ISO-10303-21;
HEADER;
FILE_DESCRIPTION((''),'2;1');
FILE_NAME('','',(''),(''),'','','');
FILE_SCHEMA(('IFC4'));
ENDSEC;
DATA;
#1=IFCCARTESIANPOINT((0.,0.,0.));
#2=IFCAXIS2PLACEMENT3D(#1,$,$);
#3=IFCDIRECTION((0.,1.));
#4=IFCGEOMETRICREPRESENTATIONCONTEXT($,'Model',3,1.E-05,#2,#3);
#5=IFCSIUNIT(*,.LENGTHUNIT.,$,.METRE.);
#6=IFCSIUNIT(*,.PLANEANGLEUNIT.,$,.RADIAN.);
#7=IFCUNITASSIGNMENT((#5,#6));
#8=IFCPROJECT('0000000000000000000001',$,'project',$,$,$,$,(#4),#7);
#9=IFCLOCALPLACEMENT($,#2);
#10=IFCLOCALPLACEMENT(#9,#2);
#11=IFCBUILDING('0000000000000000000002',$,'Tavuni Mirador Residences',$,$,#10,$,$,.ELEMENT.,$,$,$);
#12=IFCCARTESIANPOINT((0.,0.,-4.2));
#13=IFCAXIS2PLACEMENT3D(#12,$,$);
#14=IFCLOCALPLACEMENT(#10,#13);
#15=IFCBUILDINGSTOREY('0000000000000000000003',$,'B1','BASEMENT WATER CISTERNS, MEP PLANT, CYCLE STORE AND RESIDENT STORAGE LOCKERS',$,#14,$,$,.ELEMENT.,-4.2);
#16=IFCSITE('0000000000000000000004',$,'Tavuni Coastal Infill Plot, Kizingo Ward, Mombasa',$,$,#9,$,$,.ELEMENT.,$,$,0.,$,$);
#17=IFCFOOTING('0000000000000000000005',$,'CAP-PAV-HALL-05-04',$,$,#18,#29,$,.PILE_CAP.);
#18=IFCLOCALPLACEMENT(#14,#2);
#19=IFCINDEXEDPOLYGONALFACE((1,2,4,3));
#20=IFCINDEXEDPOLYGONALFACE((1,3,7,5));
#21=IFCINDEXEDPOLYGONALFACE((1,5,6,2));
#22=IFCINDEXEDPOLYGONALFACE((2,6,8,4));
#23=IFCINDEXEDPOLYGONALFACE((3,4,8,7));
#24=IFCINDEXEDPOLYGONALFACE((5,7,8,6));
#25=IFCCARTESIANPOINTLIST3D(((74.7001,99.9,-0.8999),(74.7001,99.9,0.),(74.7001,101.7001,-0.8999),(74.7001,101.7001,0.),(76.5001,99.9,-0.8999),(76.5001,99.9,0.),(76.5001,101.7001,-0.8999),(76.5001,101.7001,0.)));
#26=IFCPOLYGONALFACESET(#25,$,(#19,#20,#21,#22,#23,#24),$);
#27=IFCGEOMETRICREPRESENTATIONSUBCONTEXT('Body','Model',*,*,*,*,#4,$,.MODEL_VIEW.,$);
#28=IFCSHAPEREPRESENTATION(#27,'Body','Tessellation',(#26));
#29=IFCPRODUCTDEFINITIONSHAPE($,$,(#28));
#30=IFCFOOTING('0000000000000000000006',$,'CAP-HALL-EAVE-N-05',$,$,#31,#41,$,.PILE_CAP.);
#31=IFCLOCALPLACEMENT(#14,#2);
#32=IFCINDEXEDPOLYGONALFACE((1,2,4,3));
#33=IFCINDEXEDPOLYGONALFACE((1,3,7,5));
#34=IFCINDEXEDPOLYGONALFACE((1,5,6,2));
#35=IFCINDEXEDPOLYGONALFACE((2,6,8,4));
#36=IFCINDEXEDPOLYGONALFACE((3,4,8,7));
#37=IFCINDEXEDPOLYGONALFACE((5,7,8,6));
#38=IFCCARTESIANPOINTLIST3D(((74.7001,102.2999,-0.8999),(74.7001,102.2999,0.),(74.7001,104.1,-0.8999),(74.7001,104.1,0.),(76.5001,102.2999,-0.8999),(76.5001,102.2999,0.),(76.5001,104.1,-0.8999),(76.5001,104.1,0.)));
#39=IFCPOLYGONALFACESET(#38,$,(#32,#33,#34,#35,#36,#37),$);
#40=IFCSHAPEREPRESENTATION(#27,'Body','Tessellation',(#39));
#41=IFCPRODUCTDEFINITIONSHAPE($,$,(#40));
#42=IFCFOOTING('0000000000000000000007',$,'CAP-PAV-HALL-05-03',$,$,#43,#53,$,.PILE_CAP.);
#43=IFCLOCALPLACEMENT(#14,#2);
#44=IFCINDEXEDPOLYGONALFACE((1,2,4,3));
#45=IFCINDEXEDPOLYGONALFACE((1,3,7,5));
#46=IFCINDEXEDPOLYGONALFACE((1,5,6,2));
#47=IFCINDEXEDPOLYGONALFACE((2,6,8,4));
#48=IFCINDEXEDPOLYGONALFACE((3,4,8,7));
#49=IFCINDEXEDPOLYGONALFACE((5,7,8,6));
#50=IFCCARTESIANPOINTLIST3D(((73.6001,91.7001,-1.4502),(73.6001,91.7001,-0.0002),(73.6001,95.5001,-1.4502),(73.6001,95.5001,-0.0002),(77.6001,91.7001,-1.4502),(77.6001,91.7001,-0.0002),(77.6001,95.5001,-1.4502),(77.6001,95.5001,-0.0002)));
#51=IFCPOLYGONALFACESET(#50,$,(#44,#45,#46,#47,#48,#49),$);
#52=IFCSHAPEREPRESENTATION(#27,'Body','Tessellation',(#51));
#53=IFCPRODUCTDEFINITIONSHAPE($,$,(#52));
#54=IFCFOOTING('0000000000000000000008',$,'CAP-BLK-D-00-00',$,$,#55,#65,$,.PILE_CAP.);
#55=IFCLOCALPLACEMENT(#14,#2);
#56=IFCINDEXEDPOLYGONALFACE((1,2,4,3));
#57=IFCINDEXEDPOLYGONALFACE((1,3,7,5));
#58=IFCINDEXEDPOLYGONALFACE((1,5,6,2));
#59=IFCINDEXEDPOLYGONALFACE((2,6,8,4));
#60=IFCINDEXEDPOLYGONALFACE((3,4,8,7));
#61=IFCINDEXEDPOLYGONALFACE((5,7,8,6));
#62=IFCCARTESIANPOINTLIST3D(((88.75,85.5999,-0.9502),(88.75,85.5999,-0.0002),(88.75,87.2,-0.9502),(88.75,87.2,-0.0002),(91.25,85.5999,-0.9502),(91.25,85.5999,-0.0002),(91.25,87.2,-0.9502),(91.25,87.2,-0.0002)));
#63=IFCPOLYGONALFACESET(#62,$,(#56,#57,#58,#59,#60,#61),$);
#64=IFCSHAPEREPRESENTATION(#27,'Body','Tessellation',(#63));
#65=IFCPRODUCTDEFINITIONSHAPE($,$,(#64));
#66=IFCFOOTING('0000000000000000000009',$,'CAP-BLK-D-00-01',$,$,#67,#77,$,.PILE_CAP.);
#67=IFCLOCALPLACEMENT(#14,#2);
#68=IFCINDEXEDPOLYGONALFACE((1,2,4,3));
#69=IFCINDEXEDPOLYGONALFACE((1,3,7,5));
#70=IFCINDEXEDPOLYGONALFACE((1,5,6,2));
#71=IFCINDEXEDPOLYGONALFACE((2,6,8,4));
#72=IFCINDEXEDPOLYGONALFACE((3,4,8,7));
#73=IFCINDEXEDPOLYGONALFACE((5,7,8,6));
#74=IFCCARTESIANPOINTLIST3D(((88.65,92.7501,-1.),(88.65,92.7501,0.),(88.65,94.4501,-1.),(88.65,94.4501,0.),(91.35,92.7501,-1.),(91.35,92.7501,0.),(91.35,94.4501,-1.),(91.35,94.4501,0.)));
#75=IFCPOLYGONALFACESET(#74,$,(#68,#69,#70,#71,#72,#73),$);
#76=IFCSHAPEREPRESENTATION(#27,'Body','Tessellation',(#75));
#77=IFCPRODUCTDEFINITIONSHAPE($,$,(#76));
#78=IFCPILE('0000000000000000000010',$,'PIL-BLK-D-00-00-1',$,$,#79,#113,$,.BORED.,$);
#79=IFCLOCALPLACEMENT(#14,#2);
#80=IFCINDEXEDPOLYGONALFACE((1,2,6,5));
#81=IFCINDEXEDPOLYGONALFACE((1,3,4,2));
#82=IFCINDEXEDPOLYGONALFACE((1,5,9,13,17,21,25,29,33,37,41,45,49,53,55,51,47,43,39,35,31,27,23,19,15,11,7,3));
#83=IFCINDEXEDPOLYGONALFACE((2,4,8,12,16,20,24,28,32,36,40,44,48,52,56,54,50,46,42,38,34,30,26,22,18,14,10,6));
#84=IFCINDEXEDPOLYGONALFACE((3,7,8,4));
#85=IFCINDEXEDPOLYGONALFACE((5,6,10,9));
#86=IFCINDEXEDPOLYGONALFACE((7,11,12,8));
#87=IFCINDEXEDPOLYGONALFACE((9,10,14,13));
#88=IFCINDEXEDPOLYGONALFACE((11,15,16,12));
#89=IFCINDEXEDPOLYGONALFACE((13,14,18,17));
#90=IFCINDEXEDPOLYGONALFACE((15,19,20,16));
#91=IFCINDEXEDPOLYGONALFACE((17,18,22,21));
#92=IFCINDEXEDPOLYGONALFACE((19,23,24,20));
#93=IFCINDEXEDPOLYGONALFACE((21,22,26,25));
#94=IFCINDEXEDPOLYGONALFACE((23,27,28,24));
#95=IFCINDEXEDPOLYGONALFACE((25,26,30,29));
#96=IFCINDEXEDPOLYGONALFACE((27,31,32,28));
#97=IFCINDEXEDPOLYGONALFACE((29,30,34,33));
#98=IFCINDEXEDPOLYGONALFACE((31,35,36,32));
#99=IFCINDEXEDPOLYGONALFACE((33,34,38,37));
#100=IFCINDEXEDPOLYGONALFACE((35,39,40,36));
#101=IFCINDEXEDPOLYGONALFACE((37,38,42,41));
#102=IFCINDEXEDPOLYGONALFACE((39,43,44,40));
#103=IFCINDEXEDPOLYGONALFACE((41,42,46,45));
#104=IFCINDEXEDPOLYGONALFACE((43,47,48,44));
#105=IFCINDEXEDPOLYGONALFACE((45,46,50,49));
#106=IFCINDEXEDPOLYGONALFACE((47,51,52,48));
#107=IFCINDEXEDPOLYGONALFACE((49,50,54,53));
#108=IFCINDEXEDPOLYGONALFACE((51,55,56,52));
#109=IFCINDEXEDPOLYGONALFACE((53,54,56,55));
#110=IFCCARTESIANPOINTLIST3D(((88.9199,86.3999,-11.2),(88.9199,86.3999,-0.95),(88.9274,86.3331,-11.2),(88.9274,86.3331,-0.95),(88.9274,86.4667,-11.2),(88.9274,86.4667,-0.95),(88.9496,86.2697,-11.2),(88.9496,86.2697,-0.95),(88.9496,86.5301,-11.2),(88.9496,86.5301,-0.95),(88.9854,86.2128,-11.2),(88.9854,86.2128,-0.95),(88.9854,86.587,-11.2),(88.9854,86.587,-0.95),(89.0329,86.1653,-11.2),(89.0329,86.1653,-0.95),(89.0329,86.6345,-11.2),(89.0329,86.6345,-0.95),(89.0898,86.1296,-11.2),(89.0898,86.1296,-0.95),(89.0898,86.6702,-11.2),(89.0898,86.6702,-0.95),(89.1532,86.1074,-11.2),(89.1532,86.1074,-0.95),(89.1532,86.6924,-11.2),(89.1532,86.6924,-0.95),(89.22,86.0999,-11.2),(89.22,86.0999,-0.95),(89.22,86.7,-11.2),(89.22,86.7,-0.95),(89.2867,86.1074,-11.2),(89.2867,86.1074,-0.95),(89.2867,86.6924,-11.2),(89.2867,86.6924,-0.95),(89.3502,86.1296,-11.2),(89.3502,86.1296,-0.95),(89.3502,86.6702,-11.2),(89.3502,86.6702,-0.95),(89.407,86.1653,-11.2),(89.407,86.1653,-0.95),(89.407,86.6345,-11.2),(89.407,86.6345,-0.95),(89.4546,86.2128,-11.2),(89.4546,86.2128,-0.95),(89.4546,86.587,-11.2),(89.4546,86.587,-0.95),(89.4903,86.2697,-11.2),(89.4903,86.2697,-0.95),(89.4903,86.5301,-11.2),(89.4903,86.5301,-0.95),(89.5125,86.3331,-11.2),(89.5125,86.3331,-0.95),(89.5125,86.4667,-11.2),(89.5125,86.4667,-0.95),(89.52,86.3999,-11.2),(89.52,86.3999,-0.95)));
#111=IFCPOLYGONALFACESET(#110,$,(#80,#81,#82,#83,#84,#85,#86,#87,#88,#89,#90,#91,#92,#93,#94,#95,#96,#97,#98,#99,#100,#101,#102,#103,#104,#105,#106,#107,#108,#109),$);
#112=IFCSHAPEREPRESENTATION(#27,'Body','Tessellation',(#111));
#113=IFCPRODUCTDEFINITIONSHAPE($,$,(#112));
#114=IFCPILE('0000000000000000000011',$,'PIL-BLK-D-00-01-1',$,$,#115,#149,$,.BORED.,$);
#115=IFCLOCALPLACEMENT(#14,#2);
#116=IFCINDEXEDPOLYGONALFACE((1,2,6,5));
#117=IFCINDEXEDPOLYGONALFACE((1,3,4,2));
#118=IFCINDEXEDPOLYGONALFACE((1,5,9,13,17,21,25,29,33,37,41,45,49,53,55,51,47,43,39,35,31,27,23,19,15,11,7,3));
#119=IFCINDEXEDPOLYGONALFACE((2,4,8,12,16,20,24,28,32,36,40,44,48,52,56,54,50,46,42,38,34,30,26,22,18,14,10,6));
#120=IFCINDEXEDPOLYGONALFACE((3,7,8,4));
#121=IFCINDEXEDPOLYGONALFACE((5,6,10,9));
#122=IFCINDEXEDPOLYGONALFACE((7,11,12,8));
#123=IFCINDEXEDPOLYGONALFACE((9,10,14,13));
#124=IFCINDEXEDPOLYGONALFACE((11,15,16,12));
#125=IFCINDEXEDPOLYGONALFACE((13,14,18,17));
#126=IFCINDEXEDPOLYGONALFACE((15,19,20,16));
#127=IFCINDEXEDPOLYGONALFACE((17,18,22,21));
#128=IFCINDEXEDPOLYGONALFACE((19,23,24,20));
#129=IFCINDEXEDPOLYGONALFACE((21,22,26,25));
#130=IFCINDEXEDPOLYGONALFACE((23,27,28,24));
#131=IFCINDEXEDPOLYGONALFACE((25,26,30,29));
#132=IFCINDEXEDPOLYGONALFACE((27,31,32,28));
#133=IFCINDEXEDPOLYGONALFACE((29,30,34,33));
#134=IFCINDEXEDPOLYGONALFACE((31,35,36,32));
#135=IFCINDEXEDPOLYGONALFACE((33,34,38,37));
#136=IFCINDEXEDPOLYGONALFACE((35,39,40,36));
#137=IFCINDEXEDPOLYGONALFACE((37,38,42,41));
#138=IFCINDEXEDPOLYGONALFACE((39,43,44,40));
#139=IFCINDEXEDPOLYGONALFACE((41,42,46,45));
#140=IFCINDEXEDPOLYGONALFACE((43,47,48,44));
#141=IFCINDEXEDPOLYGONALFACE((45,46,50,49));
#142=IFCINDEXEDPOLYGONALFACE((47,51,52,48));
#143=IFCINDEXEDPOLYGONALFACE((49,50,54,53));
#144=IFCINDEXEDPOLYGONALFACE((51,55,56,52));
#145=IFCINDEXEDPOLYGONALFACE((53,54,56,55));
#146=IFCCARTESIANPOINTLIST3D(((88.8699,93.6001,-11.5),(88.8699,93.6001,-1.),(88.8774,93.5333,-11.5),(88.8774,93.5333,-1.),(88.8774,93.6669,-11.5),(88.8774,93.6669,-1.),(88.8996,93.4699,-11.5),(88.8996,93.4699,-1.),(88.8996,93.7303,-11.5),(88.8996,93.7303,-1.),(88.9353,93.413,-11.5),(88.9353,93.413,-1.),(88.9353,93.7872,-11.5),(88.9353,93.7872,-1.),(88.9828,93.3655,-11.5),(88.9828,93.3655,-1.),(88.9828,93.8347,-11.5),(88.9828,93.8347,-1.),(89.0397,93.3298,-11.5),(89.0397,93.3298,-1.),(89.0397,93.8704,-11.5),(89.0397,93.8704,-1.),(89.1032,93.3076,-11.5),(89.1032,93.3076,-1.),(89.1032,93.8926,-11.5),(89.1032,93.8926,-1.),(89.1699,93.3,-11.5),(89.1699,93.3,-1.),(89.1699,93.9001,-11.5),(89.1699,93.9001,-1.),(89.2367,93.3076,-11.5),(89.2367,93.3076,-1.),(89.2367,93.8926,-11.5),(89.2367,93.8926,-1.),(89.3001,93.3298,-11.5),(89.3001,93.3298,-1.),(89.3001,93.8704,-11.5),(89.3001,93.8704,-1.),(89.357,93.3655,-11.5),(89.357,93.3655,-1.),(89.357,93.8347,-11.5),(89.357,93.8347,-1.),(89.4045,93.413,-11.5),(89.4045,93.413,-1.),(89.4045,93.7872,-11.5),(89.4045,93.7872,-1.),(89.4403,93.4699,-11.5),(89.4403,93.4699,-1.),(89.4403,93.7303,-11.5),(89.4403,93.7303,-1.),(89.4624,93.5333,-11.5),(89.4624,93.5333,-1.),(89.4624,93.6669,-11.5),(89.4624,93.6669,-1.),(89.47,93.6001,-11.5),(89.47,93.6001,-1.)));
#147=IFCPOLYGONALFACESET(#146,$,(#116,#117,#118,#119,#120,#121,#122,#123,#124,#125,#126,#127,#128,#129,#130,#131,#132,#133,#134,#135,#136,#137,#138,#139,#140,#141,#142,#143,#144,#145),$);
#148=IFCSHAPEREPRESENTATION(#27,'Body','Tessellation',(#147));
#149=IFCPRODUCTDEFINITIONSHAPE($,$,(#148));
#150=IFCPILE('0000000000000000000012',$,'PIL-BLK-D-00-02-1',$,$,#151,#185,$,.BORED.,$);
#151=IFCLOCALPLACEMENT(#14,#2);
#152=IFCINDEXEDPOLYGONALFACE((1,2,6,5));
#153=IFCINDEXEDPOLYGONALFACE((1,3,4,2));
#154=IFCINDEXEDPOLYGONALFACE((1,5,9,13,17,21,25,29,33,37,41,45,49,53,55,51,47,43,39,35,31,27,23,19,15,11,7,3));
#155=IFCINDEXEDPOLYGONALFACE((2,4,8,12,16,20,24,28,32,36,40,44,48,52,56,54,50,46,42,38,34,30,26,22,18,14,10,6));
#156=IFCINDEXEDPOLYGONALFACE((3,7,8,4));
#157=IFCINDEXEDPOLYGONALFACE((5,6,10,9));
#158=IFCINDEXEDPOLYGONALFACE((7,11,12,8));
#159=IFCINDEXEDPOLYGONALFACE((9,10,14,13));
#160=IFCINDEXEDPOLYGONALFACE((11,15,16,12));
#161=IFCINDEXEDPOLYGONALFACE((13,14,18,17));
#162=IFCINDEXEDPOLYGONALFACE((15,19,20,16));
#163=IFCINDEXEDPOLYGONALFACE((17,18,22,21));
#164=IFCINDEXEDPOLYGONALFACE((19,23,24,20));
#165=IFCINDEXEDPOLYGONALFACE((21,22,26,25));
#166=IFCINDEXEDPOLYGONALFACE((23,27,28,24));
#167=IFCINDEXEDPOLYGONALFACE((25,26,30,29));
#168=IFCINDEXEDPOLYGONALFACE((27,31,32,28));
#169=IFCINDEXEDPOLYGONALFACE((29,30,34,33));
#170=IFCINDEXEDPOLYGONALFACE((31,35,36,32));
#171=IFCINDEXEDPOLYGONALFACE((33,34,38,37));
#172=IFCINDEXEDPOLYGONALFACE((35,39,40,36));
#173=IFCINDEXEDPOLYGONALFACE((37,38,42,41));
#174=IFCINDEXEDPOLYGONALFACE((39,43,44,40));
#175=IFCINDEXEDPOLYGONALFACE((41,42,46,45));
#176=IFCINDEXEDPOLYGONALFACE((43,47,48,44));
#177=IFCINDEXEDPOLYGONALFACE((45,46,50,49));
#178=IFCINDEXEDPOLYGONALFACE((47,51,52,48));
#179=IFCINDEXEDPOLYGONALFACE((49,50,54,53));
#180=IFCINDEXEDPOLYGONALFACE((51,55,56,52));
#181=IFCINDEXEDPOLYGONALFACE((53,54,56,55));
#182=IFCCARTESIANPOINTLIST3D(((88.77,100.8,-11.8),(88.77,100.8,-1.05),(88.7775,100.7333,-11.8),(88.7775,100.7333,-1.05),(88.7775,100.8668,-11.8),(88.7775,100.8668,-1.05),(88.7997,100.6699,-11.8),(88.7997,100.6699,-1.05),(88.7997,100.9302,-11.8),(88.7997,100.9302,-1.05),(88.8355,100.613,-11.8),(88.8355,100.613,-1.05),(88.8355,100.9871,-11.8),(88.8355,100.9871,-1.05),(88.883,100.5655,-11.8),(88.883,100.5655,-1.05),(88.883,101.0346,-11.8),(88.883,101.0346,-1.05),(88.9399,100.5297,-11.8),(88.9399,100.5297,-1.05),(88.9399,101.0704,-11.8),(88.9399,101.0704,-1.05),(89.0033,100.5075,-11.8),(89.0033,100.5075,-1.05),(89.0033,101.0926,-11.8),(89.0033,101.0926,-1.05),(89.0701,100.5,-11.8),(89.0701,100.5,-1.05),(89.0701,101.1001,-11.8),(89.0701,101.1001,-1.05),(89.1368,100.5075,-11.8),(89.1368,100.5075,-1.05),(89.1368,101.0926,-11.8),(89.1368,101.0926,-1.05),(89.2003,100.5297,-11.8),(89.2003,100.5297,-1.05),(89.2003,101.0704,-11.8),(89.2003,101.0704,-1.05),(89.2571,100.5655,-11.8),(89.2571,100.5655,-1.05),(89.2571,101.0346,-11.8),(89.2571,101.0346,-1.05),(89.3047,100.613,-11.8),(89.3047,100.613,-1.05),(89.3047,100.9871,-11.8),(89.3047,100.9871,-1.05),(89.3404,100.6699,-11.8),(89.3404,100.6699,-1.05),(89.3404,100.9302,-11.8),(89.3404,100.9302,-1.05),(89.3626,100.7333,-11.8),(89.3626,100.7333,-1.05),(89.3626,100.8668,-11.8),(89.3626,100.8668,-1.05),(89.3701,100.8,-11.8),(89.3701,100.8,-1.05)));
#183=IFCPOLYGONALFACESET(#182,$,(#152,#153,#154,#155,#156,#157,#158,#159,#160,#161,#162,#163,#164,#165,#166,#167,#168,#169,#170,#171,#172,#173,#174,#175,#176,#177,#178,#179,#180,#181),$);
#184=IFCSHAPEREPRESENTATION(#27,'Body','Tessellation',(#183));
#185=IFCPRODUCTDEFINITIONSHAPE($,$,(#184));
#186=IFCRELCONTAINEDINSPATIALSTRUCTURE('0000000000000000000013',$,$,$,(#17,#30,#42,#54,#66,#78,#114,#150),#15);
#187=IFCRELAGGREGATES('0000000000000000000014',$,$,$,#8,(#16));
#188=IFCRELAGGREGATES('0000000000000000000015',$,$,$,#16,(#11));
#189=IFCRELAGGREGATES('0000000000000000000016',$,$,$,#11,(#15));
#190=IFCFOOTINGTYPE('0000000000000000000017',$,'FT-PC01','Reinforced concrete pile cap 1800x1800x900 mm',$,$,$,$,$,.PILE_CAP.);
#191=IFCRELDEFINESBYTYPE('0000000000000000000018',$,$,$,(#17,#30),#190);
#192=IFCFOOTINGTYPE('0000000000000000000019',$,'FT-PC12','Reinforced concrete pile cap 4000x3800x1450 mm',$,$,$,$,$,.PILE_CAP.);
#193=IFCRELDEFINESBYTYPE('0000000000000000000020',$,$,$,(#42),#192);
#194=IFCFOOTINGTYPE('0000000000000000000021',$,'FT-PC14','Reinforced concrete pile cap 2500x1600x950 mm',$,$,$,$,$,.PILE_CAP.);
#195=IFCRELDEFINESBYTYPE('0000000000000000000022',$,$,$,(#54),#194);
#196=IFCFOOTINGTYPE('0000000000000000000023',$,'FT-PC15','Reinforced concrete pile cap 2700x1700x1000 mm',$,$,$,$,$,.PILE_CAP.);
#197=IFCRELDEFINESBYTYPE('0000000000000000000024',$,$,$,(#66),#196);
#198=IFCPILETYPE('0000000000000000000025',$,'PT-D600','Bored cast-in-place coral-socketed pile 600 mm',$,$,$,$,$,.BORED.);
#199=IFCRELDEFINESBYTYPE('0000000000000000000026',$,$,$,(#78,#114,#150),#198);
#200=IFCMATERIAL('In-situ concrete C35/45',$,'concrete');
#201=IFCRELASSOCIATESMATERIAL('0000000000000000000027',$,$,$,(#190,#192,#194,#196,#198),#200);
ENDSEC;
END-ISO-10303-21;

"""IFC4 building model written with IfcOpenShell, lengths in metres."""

from ifc_helpers import new_model, si_unit, direction, frame, origin, origin_2d, place, context, subcontext, project, spatial, rectangle, circle, extrude, material, material_profile, profile_set, type_object, element, save


model = new_model("IFC4")

# Units and contexts
model_context = context("Model", 3, precision=1e-05, world=origin(), true_north=direction((0.0, 1.0)))
body_context = subcontext(model_context, "Body", "Model", "MODEL_VIEW")
ifc_project = project(units=[si_unit("LENGTHUNIT", "METRE"), si_unit("PLANEANGLEUNIT", "RADIAN")], contexts=[model_context])

# Site, building, storey
site_placement = place(None, origin())
site = spatial("IfcSite", under=ifc_project, at=site_placement, Name="Tavuni Coastal Infill Plot, Kizingo Ward, Mombasa", CompositionType="ELEMENT", RefElevation=0.0)
building_placement = place(site_placement, origin())
building = spatial("IfcBuilding", under=site, at=building_placement, Name="Tavuni Mirador Residences", CompositionType="ELEMENT")
storey_placement = place(building_placement, frame((0.0, 0.0, -4.2)))
storey = spatial("IfcBuildingStorey", under=building, at=storey_placement, Name="B1", Description="BASEMENT WATER CISTERNS, MEP PLANT, CYCLE STORE AND RESIDENT STORAGE LOCKERS", CompositionType="ELEMENT", Elevation=-4.2)

# Footings
ifc_material_1 = material(Name="In-situ concrete C35/45", Category="concrete")
footing_type_1 = type_object("IfcFootingType", Name="FT-PC01", Description="Reinforced concrete pile cap 1800x1800x900 mm", PredefinedType="PILE_CAP", material=ifc_material_1)
for number, where, z_axis, x_axis, name in (
    (1, (75.6001, 100.8, -0.8999), (0.0, 0.0, 1.0), (1.0, 0.0, 0.0), "CAP-PAV-HALL-05-04"),
    (2, (75.6001, 103.2, -0.8999), (0.0, 0.0, 1.0), (1.0, 0.0, 0.0), "CAP-HALL-EAVE-N-05"),
):
    element("IfcFooting", number, at=place(storey_placement, frame(where, z_axis=z_axis, x_axis=x_axis)), inside=storey, type_object=footing_type_1, Name=name, PredefinedType="PILE_CAP", context=body_context, shape_type="SweptSolid", body=[
        extrude(rectangle(XDim=1.8, YDim=1.8, at=origin_2d()), origin(), (0.0, 0.0, 1.0), 0.8999),
    ])
footing_type_2 = type_object("IfcFootingType", Name="FT-PC12", Description="Reinforced concrete pile cap 4000x3800x1450 mm", PredefinedType="PILE_CAP", material=ifc_material_1)
footing_1_placement = place(storey_placement, frame((75.6001, 93.6001, -1.4502), z_axis=(0.0, 0.0, 1.0), x_axis=(1.0, 0.0, 0.0)))
element("IfcFooting", 3, at=footing_1_placement, inside=storey, type_object=footing_type_2, Name="CAP-PAV-HALL-05-03", PredefinedType="PILE_CAP", context=body_context, shape_type="SweptSolid", body=[
    extrude(rectangle(XDim=4.0, YDim=3.8, at=origin_2d()), origin(), (0.0, 0.0, 1.0), 1.45),
])
footing_type_3 = type_object("IfcFootingType", Name="FT-PC14", Description="Reinforced concrete pile cap 2500x1600x950 mm", PredefinedType="PILE_CAP", material=ifc_material_1)
footing_2_placement = place(storey_placement, frame((90.0, 86.3999, -0.9502), z_axis=(0.0, 0.0, 1.0), x_axis=(1.0, 0.0, 0.0)))
element("IfcFooting", 4, at=footing_2_placement, inside=storey, type_object=footing_type_3, Name="CAP-BLK-D-00-00", PredefinedType="PILE_CAP", context=body_context, shape_type="SweptSolid", body=[
    extrude(rectangle(XDim=2.5, YDim=1.6001, at=origin_2d()), origin(), (0.0, 0.0, 1.0), 0.95),
])
footing_type_4 = type_object("IfcFootingType", Name="FT-PC15", Description="Reinforced concrete pile cap 2700x1700x1000 mm", PredefinedType="PILE_CAP", material=ifc_material_1)
footing_3_placement = place(storey_placement, frame((90.0, 93.6001, -1.0), z_axis=(0.0, 0.0, 1.0), x_axis=(1.0, 0.0, 0.0)))
element("IfcFooting", 5, at=footing_3_placement, inside=storey, type_object=footing_type_4, Name="CAP-BLK-D-00-01", PredefinedType="PILE_CAP", context=body_context, shape_type="SweptSolid", body=[
    extrude(rectangle(XDim=2.7, YDim=1.7, at=origin_2d()), origin(), (0.0, 0.0, 1.0), 1.0),
])

# Piles
ifc_material_profile_1 = material_profile(ifc_material_1, circle(Radius=0.3, at=origin_2d()), Name="PILE D600", Category="concrete")
ifc_profile_set_1 = profile_set([ifc_material_profile_1], Name="In-situ concrete C35/45")
pile_type_1 = type_object("IfcPileType", Name="PT-D600", Description="Bored cast-in-place coral-socketed pile 600 mm", PredefinedType="BORED", material=ifc_profile_set_1)
pile_1_placement = place(storey_placement, frame((89.22, 86.3999, -0.95), z_axis=(0.0, 0.0, -1.0), x_axis=(1.0, 0.0, 0.0)))
element("IfcPile", 6, at=pile_1_placement, inside=storey, type_object=pile_type_1, Name="PIL-BLK-D-00-00-1", PredefinedType="BORED", context=body_context, shape_type="SweptSolid", body=[
    extrude(circle(Radius=0.3, at=origin_2d()), origin(), (0.0, 0.0, 1.0), 10.25),
])
pile_2_placement = place(storey_placement, frame((89.1699, 93.6001, -1.0), z_axis=(0.0, 0.0, -1.0), x_axis=(1.0, 0.0, 0.0)))
element("IfcPile", 7, at=pile_2_placement, inside=storey, type_object=pile_type_1, Name="PIL-BLK-D-00-01-1", PredefinedType="BORED", context=body_context, shape_type="SweptSolid", body=[
    extrude(circle(Radius=0.3, at=origin_2d()), origin(), (0.0, 0.0, 1.0), 10.5),
])
pile_3_placement = place(storey_placement, frame((89.0701, 100.8, -1.05), z_axis=(0.0, 0.0, -1.0), x_axis=(1.0, 0.0, 0.0)))
element("IfcPile", 8, at=pile_3_placement, inside=storey, type_object=pile_type_1, Name="PIL-BLK-D-00-02-1", PredefinedType="BORED", context=body_context, shape_type="SweptSolid", body=[
    extrude(circle(Radius=0.3, at=origin_2d()), origin(), (0.0, 0.0, 1.0), 10.75),
])

save(model, "model.ifc")
